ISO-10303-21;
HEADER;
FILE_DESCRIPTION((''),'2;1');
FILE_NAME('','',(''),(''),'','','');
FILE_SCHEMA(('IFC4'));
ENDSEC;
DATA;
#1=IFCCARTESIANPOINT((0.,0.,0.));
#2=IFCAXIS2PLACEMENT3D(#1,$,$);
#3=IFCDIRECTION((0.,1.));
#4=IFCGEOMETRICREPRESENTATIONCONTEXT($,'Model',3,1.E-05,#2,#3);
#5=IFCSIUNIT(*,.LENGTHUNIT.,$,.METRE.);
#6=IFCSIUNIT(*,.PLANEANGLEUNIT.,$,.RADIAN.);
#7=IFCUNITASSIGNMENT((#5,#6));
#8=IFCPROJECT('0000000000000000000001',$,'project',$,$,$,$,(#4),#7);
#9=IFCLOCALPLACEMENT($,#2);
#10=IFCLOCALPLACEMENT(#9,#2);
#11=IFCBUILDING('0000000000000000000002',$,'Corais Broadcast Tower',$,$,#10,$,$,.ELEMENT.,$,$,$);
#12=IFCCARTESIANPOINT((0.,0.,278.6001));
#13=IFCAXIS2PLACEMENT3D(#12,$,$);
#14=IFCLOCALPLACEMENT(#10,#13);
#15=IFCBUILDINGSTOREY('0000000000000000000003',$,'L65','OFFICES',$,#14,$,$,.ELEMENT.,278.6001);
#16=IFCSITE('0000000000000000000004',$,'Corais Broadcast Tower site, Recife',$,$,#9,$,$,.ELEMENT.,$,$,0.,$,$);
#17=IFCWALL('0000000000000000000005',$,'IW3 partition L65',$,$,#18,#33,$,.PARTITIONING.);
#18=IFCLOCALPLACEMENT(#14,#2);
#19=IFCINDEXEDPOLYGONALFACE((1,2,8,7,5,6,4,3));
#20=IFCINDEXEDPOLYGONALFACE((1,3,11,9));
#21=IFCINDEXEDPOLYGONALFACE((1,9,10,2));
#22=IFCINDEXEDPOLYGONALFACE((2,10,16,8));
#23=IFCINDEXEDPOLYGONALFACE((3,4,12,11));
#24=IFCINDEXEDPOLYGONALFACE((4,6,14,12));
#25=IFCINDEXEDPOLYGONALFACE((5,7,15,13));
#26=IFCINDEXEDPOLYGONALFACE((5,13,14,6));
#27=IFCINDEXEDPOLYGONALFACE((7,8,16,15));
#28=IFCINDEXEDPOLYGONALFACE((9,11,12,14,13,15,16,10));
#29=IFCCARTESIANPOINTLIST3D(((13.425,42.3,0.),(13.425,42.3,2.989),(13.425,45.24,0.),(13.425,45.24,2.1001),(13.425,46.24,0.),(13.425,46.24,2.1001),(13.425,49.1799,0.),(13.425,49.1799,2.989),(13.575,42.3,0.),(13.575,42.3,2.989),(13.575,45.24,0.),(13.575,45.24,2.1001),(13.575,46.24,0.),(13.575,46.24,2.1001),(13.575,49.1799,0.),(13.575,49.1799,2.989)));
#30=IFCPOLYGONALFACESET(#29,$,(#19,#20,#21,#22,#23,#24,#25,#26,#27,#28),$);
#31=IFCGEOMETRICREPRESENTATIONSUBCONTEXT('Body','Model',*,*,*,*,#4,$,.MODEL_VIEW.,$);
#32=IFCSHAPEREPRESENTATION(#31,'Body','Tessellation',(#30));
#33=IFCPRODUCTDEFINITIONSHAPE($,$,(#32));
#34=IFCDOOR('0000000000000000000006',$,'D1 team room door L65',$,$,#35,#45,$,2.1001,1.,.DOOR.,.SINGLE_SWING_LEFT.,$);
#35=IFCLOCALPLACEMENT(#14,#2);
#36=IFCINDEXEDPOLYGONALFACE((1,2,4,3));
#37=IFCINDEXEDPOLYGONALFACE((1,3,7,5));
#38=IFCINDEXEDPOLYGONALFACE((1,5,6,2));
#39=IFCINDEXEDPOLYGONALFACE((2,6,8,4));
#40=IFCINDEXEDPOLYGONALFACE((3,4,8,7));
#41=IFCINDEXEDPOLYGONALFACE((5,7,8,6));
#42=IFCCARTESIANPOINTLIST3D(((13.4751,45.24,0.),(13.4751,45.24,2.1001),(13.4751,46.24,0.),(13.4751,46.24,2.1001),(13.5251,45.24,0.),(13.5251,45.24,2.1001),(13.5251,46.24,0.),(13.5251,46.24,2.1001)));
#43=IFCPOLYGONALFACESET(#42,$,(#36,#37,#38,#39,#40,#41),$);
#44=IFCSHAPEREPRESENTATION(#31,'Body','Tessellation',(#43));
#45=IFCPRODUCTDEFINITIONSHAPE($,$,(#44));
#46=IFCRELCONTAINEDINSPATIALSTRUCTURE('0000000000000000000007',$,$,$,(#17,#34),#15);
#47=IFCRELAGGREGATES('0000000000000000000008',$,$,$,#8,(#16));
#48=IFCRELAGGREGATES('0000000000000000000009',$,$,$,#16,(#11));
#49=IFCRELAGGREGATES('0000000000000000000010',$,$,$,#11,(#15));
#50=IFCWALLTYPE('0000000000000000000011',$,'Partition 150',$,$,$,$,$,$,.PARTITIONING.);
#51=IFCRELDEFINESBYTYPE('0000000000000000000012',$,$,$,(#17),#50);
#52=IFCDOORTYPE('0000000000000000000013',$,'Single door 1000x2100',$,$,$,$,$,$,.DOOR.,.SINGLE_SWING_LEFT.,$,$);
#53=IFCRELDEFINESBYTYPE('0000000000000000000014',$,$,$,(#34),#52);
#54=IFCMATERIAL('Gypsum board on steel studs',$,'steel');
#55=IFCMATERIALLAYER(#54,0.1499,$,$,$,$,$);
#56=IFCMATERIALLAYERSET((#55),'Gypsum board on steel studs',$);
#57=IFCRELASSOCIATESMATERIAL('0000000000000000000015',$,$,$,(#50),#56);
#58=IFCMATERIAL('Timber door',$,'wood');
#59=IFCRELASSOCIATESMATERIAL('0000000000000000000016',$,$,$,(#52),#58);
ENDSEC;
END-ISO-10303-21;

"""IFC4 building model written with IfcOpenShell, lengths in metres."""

from ifc_helpers import new_model, si_unit, direction, frame, frame_2d, origin, place, context, subcontext, project, spatial, rectangle, extrude, material, layer, layer_set, type_object, element, fill, save


model = new_model("IFC4")

# Units and contexts
model_context = context("Model", 3, precision=1e-05, world=origin(), true_north=direction((0.0, 1.0)))
body_context = subcontext(model_context, "Body", "Model", "MODEL_VIEW")
ifc_project = project(units=[si_unit("LENGTHUNIT", "METRE"), si_unit("PLANEANGLEUNIT", "RADIAN")], contexts=[model_context])

# Site, building, storey
site_placement = place(None, origin())
site = spatial("IfcSite", under=ifc_project, at=site_placement, Name="Corais Broadcast Tower site, Recife", CompositionType="ELEMENT", RefElevation=0.0)
building_placement = place(site_placement, origin())
building = spatial("IfcBuilding", under=site, at=building_placement, Name="Corais Broadcast Tower", CompositionType="ELEMENT")
storey_placement = place(building_placement, frame((0.0, 0.0, 278.6001)))
storey = spatial("IfcBuildingStorey", under=building, at=storey_placement, Name="L65", Description="OFFICES", CompositionType="ELEMENT", Elevation=278.6001)

# Shared definitions
ifc_material_1 = material(Name="Gypsum board on steel studs", Category="steel")
ifc_layer_1 = layer(ifc_material_1, 0.1499)
ifc_layer_set_1 = layer_set([ifc_layer_1], Name="Gypsum board on steel studs")
wall_type = type_object("IfcWallType", Name="Partition 150", PredefinedType="PARTITIONING", material=ifc_layer_set_1)

# Wall, opening, door
wall_1_placement = place(storey_placement, frame((13.5, 42.3, 0.0), z_axis=(0.0, 0.0, 1.0), x_axis=(0.0, 1.0, 0.0)))
wall_1 = element("IfcWall", 1, at=wall_1_placement, inside=storey, type_object=wall_type, Name="IW3 partition L65", PredefinedType="PARTITIONING", context=body_context, shape_type="SweptSolid", body=[
    extrude(rectangle(XDim=6.8799, YDim=0.1499, at=frame_2d((3.4399, 0.0))), origin(), (0.0, 0.0, 1.0), 2.989),
])
opening_placement = place(wall_1_placement, frame((2.9399, 0.0, 0.0)))
opening = element("IfcOpeningElement", 2, at=opening_placement, cuts=wall_1, PredefinedType="OPENING", context=body_context, shape_type="SweptSolid", body=[
    extrude(rectangle(XDim=1.0, YDim=2.1001, at=frame_2d((0.5, 1.05))), frame((0.0, 0.085, 0.0), z_axis=(0.0, -1.0, 0.0), x_axis=(1.0, 0.0, 0.0)), (0.0, 0.0, 1.0), 0.1699),
])
ifc_material_2 = material(Name="Timber door", Category="wood")
door_type = type_object("IfcDoorType", Name="Single door 1000x2100", OperationType="SINGLE_SWING_LEFT", PredefinedType="DOOR", material=ifc_material_2)
door_placement = place(opening_placement, origin())
door = element("IfcDoor", 3, at=door_placement, inside=storey, type_object=door_type, Name="D1 team room door L65", OperationType="SINGLE_SWING_LEFT", OverallHeight=2.1001, OverallWidth=1.0, PredefinedType="DOOR", context=body_context, shape_type="SweptSolid", body=[
    extrude(rectangle(XDim=1.0, YDim=2.1001, at=frame_2d((0.5, 1.05))), frame((0.0, 0.0249, 0.0), z_axis=(0.0, -1.0, 0.0), x_axis=(1.0, 0.0, 0.0)), (0.0, 0.0, 1.0), 0.05),
])
fill(opening, door)

save(model, "model.ifc")
